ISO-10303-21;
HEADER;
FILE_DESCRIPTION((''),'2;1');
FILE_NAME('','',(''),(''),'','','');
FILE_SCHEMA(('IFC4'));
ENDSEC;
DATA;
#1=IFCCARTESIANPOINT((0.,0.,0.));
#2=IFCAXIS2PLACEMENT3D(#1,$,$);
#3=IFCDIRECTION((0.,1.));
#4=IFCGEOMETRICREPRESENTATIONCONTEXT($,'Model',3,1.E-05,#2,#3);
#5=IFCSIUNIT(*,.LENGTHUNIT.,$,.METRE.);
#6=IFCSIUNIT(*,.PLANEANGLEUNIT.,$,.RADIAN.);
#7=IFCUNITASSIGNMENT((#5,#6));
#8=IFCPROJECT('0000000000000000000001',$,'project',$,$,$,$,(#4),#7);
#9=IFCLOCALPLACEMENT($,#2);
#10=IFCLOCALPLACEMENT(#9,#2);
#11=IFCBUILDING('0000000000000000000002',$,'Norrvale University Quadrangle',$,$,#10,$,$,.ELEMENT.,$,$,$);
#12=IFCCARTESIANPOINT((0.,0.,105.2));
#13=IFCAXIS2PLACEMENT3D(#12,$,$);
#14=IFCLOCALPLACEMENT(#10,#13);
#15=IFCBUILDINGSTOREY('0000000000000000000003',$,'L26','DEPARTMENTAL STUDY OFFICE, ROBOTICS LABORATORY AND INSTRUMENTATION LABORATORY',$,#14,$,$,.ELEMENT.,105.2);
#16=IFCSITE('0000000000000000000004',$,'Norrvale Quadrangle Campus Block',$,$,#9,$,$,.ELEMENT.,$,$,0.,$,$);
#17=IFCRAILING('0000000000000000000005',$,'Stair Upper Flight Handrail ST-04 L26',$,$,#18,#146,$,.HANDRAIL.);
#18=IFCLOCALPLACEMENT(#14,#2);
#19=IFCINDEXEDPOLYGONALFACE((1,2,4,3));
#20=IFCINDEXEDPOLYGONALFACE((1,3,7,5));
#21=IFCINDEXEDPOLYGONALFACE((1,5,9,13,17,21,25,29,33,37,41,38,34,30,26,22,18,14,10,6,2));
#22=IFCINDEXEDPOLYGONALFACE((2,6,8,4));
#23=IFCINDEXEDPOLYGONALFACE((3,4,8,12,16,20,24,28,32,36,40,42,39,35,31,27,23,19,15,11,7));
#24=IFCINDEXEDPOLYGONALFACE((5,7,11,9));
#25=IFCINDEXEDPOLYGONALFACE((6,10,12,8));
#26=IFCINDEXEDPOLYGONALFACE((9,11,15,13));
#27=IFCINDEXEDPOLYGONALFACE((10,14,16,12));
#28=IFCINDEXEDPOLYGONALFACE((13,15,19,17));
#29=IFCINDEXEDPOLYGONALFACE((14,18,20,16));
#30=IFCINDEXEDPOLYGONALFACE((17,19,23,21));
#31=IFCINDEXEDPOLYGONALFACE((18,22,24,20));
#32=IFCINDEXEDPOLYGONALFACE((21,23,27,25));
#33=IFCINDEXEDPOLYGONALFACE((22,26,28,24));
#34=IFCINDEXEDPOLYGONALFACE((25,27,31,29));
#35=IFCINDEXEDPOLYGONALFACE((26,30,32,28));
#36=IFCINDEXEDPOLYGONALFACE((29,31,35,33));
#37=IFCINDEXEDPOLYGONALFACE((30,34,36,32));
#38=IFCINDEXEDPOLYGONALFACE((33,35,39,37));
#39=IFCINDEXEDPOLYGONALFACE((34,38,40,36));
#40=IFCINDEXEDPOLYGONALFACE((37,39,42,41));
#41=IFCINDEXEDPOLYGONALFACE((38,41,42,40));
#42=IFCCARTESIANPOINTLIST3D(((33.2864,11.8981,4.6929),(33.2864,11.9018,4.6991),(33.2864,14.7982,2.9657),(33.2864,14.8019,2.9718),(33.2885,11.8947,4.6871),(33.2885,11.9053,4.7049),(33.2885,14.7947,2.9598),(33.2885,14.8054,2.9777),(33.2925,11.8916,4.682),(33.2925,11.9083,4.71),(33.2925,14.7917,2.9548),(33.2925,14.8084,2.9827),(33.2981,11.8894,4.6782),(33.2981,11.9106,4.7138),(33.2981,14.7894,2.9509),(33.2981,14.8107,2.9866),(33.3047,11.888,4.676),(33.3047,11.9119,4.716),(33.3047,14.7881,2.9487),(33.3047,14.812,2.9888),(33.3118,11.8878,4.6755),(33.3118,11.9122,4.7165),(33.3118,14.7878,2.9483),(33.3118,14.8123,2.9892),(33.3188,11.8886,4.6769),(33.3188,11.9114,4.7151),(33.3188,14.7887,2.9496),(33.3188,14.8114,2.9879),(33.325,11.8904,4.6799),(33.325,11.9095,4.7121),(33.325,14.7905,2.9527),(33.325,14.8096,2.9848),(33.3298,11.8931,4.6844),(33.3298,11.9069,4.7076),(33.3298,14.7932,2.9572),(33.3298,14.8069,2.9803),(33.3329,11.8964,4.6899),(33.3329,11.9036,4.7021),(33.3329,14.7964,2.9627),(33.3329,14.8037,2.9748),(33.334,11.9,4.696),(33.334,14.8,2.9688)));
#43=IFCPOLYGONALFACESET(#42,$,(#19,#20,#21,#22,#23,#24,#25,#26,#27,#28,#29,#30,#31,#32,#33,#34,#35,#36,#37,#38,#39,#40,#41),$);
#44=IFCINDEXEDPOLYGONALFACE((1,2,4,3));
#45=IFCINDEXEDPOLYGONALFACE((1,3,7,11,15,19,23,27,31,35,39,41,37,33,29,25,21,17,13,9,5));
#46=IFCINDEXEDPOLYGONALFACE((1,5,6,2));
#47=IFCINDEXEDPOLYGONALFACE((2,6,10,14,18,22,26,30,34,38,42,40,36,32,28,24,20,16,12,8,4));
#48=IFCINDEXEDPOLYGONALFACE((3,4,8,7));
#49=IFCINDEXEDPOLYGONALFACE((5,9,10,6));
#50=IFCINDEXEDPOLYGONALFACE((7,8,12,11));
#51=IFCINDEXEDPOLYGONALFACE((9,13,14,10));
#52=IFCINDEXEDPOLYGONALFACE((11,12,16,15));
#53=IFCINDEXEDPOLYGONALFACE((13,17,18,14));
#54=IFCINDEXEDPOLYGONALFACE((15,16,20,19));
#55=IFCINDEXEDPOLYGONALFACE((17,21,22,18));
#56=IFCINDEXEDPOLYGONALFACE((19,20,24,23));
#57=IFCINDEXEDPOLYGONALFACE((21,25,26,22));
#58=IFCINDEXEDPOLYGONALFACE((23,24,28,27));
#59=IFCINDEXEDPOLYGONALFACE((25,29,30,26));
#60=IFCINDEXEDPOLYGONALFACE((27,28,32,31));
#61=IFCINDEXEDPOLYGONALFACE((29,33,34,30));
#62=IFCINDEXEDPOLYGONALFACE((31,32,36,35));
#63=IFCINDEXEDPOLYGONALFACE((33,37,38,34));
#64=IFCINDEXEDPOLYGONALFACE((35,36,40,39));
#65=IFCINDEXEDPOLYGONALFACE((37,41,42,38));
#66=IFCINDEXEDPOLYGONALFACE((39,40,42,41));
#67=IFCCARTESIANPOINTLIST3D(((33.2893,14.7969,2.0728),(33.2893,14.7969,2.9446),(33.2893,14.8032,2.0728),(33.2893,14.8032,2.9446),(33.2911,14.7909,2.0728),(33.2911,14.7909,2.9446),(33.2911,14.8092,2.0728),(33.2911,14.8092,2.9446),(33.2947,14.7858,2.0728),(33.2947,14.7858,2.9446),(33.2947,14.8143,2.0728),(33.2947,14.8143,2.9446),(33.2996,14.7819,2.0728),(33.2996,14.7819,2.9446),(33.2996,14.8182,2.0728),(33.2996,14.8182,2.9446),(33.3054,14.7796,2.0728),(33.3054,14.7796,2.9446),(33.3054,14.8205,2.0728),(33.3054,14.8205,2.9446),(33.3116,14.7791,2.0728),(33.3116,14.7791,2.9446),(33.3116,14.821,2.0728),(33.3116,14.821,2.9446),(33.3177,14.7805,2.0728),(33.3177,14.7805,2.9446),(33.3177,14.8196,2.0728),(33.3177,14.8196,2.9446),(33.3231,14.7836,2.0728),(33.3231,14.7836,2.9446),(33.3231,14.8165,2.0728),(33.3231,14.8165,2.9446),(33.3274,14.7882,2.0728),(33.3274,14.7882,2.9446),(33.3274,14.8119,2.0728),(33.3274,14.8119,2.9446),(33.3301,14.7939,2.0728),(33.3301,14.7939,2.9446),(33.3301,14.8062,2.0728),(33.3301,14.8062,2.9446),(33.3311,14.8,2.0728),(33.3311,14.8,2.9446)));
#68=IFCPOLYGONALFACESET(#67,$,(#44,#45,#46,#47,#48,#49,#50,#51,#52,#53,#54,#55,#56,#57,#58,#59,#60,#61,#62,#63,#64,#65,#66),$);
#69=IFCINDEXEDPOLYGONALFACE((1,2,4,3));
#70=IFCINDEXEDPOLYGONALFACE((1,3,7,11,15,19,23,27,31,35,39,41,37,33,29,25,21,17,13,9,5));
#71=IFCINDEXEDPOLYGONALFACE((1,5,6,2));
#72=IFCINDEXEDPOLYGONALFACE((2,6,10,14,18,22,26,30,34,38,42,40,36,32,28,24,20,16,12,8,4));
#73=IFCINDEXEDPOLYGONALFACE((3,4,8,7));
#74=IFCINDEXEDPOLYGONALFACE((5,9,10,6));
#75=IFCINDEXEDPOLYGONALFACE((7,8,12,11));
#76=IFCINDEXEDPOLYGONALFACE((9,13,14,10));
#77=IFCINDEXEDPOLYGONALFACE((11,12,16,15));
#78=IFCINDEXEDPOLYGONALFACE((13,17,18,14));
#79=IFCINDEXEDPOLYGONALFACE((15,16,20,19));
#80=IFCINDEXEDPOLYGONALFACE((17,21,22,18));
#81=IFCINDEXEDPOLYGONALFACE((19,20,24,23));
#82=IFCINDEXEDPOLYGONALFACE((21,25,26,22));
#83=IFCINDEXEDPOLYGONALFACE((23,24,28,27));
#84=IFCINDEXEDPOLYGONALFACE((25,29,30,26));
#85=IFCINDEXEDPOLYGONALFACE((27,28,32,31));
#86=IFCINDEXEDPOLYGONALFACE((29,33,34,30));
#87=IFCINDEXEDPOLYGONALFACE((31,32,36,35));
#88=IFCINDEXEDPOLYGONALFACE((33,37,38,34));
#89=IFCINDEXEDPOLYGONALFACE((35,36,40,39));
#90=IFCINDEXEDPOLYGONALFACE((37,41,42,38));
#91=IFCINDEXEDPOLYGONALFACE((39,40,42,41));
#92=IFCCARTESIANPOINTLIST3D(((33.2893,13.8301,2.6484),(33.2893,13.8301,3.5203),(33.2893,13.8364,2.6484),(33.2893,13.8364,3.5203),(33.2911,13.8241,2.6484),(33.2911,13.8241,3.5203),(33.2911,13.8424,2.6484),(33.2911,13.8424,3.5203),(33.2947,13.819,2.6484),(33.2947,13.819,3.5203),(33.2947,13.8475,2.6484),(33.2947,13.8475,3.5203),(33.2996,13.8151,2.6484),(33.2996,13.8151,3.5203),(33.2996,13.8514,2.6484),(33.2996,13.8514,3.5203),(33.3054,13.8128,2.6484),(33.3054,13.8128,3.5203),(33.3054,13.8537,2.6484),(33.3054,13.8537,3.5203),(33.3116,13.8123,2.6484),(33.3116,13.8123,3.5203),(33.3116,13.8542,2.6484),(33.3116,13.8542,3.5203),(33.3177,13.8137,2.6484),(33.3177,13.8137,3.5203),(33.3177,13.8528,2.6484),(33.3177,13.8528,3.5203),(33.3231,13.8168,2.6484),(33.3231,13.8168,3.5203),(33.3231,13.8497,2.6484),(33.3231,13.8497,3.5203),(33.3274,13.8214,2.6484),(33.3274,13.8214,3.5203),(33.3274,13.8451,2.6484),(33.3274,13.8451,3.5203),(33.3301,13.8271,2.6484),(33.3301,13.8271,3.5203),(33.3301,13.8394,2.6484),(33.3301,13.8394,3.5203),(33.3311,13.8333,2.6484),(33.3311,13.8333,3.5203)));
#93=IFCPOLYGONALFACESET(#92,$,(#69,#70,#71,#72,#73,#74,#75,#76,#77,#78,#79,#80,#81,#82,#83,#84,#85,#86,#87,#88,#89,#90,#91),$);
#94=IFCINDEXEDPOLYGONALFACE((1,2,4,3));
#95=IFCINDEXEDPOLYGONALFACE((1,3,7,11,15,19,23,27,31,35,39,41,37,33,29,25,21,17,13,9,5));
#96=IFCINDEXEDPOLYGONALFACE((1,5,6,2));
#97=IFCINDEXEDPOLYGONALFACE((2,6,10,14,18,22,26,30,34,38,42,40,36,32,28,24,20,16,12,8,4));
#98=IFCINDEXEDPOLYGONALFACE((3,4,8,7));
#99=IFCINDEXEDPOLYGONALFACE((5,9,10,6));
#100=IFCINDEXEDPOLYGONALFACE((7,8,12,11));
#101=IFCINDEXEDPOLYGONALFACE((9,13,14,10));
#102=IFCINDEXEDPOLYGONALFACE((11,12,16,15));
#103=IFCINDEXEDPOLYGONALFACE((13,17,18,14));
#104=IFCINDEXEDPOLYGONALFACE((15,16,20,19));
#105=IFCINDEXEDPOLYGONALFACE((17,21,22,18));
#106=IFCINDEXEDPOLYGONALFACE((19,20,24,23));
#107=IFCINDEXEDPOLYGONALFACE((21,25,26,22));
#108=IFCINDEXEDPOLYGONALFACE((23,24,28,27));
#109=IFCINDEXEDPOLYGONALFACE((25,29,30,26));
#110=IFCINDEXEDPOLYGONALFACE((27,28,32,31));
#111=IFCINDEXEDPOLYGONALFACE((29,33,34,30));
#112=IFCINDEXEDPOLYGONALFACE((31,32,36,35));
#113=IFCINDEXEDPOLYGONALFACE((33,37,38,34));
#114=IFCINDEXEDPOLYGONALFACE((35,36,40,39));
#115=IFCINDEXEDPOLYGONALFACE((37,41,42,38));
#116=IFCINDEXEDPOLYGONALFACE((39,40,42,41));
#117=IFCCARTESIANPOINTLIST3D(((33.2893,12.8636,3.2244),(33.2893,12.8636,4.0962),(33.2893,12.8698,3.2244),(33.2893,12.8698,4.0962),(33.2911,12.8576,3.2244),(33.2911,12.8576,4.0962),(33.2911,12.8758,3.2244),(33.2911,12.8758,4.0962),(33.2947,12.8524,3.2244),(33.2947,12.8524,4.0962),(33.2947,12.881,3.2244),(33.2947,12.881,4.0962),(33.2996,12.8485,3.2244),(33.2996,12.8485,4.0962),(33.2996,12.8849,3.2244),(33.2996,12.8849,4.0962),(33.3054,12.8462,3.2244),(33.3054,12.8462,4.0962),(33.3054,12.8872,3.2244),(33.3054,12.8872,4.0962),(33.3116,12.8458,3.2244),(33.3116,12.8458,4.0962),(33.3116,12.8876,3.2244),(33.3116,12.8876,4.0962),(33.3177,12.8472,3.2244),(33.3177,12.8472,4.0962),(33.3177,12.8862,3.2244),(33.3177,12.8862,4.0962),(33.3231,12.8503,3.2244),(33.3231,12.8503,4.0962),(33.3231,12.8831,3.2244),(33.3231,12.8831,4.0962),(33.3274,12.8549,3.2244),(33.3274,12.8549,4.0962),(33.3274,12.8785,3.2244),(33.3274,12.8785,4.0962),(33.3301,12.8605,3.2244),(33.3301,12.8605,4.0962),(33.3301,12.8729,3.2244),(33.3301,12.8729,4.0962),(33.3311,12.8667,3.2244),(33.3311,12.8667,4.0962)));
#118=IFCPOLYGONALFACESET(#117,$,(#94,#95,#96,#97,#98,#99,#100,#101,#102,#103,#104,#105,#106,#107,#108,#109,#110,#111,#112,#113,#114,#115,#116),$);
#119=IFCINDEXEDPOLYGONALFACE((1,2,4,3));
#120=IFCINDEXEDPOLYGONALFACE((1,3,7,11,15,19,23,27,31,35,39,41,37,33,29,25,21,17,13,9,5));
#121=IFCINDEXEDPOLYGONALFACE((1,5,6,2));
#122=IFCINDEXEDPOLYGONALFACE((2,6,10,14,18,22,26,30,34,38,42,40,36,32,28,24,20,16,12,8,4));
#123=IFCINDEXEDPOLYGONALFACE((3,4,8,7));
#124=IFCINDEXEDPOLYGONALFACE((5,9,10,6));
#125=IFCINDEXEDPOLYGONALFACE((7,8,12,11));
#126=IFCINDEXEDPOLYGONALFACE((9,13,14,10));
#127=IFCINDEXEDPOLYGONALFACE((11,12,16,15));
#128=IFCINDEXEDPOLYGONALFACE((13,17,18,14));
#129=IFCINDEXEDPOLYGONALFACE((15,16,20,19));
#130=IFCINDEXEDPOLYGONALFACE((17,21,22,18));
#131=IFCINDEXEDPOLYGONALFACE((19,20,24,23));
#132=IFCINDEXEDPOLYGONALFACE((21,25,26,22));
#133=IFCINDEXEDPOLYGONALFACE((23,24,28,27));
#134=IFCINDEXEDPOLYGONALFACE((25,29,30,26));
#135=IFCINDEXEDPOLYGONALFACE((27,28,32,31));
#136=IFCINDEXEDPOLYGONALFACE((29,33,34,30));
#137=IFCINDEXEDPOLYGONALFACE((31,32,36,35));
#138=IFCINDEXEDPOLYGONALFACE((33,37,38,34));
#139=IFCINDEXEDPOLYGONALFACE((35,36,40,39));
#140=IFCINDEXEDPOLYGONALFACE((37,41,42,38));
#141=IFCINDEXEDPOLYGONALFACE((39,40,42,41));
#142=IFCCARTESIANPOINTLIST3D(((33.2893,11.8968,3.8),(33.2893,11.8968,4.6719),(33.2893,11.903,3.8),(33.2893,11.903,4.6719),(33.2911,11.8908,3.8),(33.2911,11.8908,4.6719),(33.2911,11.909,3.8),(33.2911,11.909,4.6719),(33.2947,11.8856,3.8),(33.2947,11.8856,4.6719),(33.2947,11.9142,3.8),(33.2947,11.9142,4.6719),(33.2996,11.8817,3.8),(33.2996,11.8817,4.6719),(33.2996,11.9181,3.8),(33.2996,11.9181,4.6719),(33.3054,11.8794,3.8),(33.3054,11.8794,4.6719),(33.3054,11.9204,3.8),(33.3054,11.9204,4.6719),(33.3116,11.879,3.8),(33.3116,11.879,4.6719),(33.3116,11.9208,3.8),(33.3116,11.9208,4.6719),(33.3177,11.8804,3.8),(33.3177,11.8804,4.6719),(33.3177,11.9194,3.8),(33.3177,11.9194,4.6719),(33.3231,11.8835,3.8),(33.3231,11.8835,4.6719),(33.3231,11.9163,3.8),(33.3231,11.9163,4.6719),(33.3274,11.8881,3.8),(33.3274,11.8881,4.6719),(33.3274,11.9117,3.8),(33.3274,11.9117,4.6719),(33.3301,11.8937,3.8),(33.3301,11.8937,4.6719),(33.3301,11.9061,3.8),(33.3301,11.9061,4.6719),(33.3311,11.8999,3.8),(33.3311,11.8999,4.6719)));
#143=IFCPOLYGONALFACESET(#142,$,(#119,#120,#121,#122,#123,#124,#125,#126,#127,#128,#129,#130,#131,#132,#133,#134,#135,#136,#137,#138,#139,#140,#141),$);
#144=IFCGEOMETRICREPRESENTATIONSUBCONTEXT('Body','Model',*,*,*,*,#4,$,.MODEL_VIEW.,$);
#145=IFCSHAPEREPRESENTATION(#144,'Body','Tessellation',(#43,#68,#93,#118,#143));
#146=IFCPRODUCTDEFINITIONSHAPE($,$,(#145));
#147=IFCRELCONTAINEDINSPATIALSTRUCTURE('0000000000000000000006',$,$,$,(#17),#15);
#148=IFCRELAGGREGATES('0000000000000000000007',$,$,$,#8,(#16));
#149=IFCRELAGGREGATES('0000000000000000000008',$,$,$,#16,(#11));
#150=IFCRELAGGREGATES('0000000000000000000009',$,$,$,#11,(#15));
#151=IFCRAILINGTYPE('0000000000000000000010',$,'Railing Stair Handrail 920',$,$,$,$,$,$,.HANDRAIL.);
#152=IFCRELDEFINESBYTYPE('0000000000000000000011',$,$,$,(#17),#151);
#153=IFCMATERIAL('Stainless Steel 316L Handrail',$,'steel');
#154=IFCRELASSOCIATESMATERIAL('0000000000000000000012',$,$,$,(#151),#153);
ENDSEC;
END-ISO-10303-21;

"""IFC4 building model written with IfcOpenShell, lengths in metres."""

from ifc_helpers import new_model, si_unit, direction, frame, origin, origin_2d, place, context, subcontext, project, spatial, circle, extrude, material, type_object, element, save


model = new_model("IFC4")

# Units and contexts
model_context = context("Model", 3, precision=1e-05, world=origin(), true_north=direction((0.0, 1.0)))
body_context = subcontext(model_context, "Body", "Model", "MODEL_VIEW")
ifc_project = project(units=[si_unit("LENGTHUNIT", "METRE"), si_unit("PLANEANGLEUNIT", "RADIAN")], contexts=[model_context])

# Site, building, storey
site_placement = place(None, origin())
site = spatial("IfcSite", under=ifc_project, at=site_placement, Name="Norrvale Quadrangle Campus Block", CompositionType="ELEMENT", RefElevation=0.0)
building_placement = place(site_placement, origin())
building = spatial("IfcBuilding", under=site, at=building_placement, Name="Norrvale University Quadrangle", CompositionType="ELEMENT")
storey_placement = place(building_placement, frame((0.0, 0.0, 105.2)))
storey = spatial("IfcBuildingStorey", under=building, at=storey_placement, Name="L26", Description="DEPARTMENTAL STUDY OFFICE, ROBOTICS LABORATORY AND INSTRUMENTATION LABORATORY", CompositionType="ELEMENT", Elevation=105.2)

# Railing
ifc_material_1 = material(Name="Stainless Steel 316L Handrail", Category="steel")
railing_type_1 = type_object("IfcRailingType", Name="Railing Stair Handrail 920", PredefinedType="HANDRAIL", material=ifc_material_1)
railing_1_placement = place(storey_placement, frame((33.3101, 14.8, 2.0728)))
element("IfcRailing", 1, at=railing_1_placement, inside=storey, type_object=railing_type_1, Name="Stair Upper Flight Handrail ST-04 L26", PredefinedType="HANDRAIL", context=body_context, shape_type="SweptSolid", body=[
    extrude(circle(Radius=0.0239, at=origin_2d()), frame((0.0, 0.0, 0.896), z_axis=(0.0, -0.85916, 0.511706), x_axis=(1.0, 0.0, 0.0)), (0.0, 0.0, 1.0), 3.3755),
    extrude(circle(Radius=0.021, at=origin_2d()), origin(), (0.0, 0.0, 1.0), 0.8718),
    extrude(circle(Radius=0.021, at=origin_2d()), frame((0.0, -0.9668, 0.5757)), (0.0, 0.0, 1.0), 0.8718),
    extrude(circle(Radius=0.021, at=origin_2d()), frame((0.0, -1.9333, 1.1516)), (0.0, 0.0, 1.0), 0.8718),
    extrude(circle(Radius=0.021, at=origin_2d()), frame((0.0, -2.9001, 1.7273)), (0.0, 0.0, 1.0), 0.8718),
])

save(model, "model.ifc")
